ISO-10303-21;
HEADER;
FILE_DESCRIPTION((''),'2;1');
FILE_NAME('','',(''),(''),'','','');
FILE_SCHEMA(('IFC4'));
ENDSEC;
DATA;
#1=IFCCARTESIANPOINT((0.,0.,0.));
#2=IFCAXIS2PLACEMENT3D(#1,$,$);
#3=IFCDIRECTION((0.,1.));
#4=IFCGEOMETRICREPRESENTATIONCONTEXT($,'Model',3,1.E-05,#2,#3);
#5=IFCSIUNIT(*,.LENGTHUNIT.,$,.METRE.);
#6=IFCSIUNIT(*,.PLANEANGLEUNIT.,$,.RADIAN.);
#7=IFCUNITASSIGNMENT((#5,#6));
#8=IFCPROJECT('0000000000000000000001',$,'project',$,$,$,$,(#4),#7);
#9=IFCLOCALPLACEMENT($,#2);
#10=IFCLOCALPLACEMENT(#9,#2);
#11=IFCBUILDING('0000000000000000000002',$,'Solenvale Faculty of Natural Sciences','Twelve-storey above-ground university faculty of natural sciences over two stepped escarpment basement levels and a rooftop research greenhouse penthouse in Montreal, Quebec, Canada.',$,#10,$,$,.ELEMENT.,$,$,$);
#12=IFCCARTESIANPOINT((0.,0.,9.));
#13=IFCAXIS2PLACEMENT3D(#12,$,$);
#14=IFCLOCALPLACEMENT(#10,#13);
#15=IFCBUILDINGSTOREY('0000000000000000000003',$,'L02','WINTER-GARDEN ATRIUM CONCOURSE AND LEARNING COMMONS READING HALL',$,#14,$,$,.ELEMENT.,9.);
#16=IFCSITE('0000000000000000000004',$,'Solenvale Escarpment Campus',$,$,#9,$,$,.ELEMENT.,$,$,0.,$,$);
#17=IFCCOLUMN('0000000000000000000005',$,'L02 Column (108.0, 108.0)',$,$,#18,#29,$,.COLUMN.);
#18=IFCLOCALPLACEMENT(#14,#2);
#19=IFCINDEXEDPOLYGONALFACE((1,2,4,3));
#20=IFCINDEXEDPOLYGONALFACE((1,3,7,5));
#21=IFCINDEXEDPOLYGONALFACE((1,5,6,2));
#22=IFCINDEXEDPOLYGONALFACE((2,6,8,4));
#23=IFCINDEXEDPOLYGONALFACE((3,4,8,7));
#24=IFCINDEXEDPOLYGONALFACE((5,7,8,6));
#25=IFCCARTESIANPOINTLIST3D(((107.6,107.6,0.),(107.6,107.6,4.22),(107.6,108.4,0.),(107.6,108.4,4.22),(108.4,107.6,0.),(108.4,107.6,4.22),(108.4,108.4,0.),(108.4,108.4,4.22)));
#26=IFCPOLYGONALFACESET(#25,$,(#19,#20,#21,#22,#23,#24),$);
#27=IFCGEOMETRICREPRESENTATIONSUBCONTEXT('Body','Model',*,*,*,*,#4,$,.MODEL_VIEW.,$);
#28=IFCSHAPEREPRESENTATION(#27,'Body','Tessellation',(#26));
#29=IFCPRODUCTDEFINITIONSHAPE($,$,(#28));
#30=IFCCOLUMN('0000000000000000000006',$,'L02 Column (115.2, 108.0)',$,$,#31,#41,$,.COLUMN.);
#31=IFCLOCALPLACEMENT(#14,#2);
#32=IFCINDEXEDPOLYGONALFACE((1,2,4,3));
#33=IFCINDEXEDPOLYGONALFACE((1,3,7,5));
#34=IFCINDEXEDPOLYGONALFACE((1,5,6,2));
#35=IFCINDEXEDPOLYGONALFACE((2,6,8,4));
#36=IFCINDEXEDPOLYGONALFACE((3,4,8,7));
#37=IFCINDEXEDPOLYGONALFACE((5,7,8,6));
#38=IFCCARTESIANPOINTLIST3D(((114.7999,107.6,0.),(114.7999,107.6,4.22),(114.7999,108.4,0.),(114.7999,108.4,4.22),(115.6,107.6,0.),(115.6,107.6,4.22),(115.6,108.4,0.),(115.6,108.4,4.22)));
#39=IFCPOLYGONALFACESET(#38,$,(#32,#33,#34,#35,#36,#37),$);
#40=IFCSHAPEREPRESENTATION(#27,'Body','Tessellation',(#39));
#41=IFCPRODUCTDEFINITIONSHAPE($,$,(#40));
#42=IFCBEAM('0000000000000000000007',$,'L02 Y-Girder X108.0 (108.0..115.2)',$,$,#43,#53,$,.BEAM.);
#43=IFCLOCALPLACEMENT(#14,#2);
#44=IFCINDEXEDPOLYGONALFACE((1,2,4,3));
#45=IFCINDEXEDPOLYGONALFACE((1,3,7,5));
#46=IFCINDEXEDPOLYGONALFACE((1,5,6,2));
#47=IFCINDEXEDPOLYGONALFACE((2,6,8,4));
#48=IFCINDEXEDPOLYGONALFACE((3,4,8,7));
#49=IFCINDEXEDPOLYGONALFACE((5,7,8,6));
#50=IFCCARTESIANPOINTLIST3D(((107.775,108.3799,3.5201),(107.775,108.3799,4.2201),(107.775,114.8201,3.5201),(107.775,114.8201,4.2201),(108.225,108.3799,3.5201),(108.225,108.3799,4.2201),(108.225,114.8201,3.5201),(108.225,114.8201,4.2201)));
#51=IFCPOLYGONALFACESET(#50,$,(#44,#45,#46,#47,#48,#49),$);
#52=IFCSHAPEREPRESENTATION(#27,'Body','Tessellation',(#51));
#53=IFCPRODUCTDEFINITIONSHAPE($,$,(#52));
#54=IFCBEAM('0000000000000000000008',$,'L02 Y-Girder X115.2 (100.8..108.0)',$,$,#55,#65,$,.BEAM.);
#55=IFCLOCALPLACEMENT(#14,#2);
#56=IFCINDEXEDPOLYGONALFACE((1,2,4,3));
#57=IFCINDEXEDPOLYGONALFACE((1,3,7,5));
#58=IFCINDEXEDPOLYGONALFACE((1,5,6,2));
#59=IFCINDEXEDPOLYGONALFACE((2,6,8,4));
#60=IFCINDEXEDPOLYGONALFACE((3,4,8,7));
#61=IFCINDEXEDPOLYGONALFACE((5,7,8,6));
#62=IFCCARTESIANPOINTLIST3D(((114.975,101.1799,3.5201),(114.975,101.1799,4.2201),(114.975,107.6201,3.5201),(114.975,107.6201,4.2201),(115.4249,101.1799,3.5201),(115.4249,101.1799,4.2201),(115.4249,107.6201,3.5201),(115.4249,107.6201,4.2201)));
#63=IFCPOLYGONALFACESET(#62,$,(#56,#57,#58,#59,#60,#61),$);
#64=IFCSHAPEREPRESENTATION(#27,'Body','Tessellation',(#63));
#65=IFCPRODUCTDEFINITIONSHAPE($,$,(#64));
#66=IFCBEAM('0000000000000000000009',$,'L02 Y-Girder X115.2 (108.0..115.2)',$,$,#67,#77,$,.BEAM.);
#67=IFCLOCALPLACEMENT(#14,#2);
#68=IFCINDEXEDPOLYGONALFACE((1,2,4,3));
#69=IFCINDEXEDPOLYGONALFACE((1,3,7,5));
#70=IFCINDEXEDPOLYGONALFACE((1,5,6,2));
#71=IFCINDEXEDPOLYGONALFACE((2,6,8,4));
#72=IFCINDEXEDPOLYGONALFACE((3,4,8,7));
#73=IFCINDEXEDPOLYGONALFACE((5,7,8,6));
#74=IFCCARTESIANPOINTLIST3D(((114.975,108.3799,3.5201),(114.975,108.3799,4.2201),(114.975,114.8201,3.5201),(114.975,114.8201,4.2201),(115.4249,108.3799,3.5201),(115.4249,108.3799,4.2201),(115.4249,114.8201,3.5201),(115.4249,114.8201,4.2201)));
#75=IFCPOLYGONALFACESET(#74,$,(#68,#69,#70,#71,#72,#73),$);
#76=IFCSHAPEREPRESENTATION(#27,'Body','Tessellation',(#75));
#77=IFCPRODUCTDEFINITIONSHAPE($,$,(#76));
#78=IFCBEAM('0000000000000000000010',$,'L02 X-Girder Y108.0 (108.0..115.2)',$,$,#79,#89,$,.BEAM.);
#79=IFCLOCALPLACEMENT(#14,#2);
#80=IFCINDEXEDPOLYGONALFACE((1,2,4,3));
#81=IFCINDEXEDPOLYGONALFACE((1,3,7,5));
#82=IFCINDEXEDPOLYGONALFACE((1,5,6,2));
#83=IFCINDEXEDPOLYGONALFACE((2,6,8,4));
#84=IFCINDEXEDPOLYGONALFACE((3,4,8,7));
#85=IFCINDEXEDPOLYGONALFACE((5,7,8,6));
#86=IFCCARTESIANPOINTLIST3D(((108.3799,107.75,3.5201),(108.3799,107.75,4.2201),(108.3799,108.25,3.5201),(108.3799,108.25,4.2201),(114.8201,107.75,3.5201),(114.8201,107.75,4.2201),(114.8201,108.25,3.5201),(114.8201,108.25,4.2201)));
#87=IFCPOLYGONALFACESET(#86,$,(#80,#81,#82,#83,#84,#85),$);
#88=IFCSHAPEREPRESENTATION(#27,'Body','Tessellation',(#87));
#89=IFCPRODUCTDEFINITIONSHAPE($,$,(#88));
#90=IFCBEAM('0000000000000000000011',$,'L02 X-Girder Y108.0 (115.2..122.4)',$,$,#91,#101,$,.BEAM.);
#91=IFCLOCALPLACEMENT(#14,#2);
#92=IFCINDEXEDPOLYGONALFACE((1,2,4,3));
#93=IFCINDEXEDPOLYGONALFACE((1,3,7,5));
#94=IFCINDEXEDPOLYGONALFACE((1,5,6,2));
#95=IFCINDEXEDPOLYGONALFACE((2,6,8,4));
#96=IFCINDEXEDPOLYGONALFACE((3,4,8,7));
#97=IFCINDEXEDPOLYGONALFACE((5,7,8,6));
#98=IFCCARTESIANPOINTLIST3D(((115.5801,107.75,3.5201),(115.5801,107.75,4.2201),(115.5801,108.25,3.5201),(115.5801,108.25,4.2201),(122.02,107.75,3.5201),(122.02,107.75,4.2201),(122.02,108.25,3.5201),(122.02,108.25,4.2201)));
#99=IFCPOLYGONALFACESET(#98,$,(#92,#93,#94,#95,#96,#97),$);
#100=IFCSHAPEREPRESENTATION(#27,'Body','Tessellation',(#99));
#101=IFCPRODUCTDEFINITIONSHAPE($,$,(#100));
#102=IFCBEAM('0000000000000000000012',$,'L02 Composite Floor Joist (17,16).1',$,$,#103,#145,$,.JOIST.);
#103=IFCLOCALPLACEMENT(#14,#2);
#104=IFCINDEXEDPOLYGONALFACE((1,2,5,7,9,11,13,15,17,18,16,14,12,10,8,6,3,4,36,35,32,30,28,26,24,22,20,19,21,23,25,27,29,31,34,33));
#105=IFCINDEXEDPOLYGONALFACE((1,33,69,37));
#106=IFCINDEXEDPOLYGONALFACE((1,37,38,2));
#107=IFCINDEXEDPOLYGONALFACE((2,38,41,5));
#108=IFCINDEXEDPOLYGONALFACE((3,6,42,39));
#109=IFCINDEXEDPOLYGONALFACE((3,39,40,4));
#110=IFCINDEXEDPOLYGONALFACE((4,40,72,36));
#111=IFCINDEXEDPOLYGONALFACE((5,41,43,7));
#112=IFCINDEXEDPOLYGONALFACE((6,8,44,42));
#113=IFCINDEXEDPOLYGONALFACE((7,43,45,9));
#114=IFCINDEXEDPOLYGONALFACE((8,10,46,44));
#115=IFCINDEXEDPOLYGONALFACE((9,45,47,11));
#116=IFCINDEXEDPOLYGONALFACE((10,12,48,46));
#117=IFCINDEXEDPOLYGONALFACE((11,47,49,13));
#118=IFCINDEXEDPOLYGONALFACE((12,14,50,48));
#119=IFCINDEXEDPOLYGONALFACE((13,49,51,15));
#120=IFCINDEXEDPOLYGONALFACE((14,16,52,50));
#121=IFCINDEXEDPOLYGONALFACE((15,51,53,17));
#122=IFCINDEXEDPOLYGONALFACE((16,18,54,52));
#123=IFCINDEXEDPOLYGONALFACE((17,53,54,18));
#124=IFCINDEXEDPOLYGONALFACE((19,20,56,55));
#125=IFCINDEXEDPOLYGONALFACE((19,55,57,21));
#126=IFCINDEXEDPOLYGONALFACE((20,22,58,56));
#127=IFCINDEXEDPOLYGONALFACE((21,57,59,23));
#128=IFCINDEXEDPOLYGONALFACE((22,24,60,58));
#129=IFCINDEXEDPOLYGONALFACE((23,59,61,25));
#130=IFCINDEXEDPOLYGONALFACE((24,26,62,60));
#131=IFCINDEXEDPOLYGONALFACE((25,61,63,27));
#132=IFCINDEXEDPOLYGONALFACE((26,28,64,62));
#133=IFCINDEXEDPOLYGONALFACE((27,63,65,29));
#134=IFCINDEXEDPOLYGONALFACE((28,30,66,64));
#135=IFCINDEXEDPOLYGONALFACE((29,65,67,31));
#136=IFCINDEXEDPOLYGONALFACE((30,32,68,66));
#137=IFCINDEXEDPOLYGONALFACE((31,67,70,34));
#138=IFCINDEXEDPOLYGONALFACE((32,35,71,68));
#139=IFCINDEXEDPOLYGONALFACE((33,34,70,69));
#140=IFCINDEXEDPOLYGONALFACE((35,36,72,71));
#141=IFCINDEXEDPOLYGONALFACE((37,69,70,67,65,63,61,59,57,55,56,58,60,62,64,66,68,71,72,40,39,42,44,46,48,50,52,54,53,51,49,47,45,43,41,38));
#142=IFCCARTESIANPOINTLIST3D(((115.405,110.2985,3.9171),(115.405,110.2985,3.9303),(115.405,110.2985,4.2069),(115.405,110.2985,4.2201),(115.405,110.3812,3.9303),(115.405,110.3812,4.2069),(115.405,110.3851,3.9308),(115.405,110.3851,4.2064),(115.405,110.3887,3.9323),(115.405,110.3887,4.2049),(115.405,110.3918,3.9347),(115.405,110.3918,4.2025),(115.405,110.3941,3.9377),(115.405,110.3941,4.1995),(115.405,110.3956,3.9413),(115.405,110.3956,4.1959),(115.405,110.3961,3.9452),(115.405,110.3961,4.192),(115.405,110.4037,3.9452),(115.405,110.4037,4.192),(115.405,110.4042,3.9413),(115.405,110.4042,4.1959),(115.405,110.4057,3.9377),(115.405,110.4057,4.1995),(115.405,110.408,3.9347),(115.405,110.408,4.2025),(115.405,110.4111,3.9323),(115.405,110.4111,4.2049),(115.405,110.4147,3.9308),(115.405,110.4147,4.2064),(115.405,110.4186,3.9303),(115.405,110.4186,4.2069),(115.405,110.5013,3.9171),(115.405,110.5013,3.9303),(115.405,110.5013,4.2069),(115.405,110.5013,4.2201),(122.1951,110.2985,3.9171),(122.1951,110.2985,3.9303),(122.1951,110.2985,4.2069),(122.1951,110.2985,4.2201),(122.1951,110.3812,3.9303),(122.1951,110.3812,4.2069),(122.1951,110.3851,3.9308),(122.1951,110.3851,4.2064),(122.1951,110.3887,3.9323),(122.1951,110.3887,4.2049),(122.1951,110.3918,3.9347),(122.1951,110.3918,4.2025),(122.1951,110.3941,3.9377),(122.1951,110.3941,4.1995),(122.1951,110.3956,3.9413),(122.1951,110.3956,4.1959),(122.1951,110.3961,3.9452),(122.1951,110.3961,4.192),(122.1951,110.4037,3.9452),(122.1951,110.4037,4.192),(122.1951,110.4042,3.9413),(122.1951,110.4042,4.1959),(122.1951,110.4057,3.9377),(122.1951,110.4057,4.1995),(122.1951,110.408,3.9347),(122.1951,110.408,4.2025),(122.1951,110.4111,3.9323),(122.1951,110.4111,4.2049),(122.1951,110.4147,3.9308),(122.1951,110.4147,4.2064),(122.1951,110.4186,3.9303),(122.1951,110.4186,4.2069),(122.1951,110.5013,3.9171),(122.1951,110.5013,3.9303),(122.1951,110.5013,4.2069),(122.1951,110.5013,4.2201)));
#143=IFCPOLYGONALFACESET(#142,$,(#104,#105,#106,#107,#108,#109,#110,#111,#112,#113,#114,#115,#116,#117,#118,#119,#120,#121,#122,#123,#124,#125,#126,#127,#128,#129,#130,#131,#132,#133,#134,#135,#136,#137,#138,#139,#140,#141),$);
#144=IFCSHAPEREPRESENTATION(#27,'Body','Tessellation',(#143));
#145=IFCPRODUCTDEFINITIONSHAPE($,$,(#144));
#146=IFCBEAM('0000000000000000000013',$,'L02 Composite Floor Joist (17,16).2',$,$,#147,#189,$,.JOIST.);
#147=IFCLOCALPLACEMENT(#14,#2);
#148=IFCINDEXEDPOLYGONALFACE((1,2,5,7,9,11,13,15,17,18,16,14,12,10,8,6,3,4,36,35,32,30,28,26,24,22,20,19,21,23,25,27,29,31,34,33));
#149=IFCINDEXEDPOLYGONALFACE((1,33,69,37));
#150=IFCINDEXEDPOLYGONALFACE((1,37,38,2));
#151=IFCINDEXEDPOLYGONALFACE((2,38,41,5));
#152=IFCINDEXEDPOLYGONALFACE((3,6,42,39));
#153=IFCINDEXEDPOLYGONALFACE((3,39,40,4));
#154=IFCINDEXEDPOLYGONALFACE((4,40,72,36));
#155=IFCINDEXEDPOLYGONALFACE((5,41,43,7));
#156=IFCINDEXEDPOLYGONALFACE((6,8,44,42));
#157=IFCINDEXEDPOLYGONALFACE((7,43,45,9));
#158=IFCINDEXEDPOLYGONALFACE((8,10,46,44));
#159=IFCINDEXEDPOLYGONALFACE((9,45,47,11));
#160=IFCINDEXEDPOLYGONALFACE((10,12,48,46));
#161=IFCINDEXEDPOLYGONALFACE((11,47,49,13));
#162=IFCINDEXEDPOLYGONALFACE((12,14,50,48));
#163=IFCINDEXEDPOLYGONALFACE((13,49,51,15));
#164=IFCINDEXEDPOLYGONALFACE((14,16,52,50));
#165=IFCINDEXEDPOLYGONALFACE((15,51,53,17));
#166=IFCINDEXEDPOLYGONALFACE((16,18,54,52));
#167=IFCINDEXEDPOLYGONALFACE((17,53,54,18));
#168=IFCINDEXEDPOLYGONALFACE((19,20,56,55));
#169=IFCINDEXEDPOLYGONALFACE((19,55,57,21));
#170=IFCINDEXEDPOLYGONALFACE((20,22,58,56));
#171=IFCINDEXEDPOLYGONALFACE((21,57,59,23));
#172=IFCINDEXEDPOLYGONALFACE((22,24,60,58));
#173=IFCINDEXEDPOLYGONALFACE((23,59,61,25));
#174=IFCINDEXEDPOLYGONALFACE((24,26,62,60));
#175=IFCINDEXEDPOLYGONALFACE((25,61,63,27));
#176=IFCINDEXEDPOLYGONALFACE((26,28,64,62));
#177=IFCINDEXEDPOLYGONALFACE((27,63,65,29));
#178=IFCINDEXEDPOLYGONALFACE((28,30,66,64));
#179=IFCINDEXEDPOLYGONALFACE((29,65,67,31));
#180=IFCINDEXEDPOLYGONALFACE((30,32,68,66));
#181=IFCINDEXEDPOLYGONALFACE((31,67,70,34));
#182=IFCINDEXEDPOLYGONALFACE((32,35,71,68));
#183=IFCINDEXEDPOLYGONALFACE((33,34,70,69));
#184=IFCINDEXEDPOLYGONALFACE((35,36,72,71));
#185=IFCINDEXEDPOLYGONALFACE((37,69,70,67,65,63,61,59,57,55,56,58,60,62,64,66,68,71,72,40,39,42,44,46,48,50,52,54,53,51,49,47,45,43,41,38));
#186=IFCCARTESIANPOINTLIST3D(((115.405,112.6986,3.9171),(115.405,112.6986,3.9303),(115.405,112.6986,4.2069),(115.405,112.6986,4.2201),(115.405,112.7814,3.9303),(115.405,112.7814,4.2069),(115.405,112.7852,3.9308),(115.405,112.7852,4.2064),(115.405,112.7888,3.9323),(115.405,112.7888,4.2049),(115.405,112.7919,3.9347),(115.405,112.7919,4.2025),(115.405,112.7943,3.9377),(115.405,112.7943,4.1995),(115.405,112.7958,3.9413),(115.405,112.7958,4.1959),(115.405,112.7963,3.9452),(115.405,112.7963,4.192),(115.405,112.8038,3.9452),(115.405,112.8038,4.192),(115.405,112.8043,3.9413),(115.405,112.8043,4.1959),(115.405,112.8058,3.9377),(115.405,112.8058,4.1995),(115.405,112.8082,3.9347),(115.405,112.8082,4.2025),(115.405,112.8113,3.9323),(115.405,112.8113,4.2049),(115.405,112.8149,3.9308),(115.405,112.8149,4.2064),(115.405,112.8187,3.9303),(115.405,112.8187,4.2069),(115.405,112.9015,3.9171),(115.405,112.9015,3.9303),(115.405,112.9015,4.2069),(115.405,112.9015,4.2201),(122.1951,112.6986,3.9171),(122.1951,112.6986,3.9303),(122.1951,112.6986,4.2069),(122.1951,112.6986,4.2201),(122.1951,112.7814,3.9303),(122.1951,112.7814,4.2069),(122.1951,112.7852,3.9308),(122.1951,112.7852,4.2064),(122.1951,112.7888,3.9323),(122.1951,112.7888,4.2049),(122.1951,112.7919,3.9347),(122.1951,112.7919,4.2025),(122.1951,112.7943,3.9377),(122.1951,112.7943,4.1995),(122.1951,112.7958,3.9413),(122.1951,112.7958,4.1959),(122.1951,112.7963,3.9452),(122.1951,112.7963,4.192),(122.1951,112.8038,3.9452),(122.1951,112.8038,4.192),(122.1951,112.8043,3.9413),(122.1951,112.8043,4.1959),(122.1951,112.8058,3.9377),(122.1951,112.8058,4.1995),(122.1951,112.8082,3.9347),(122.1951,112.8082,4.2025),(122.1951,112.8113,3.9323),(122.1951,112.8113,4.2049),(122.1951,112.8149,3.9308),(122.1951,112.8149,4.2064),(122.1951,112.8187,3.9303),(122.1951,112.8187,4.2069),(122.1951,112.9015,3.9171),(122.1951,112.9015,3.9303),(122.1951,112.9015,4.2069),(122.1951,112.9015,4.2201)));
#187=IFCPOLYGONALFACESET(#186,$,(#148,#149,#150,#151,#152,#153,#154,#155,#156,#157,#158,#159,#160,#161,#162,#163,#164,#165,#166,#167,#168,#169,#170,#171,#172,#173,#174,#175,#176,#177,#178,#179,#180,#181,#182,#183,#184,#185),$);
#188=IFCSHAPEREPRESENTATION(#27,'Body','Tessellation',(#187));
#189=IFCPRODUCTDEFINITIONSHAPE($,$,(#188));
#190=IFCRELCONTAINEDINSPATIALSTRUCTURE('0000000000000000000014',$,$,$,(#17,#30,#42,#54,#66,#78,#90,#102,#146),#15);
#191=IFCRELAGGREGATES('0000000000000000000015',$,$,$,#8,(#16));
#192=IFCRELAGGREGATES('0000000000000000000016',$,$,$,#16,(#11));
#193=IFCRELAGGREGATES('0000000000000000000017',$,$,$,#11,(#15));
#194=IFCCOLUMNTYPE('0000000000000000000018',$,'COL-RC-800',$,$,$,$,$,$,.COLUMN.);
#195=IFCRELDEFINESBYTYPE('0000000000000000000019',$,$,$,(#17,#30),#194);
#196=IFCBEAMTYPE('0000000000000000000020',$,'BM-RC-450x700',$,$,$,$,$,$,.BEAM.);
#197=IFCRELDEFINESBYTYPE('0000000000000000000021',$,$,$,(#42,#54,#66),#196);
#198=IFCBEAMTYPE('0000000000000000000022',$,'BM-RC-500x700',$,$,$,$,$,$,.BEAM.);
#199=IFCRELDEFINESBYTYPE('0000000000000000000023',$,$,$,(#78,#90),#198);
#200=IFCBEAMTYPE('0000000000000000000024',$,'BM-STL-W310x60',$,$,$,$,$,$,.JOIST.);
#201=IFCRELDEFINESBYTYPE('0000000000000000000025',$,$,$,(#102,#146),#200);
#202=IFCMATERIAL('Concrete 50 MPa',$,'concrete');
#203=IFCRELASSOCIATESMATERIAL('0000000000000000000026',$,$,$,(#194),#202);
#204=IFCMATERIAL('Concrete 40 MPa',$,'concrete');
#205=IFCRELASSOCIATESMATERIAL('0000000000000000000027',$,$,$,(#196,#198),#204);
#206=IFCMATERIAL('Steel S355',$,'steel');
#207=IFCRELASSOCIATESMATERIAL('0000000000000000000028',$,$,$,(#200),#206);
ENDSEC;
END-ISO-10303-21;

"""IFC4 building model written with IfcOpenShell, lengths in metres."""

from ifc_helpers import new_model, si_unit, direction, frame, origin, origin_2d, place, context, subcontext, project, spatial, rectangle, i_section, extrude, material, material_profile, profile_set, type_object, element, save


model = new_model("IFC4")

# Units and contexts
model_context = context("Model", 3, precision=1e-05, world=origin(), true_north=direction((0.0, 1.0)))
body_context = subcontext(model_context, "Body", "Model", "MODEL_VIEW")
ifc_project = project(units=[si_unit("LENGTHUNIT", "METRE"), si_unit("PLANEANGLEUNIT", "RADIAN")], contexts=[model_context])

# Site, building, storey
site_placement = place(None, origin())
site = spatial("IfcSite", under=ifc_project, at=site_placement, Name="Solenvale Escarpment Campus", CompositionType="ELEMENT", RefElevation=0.0)
building_placement = place(site_placement, origin())
building = spatial("IfcBuilding", under=site, at=building_placement, Name="Solenvale Faculty of Natural Sciences", Description="Twelve-storey above-ground university faculty of natural sciences over two stepped escarpment basement levels and a rooftop research greenhouse penthouse in Montreal, Quebec, Canada.", CompositionType="ELEMENT")
storey_placement = place(building_placement, frame((0.0, 0.0, 9.0)))
storey = spatial("IfcBuildingStorey", under=building, at=storey_placement, Name="L02", Description="WINTER-GARDEN ATRIUM CONCOURSE AND LEARNING COMMONS READING HALL", CompositionType="ELEMENT", Elevation=9.0)

# Columns
ifc_material_1 = material(Name="Concrete 50 MPa", Category="concrete")
ifc_material_profile_1 = material_profile(ifc_material_1, rectangle(XDim=0.8, YDim=0.8, at=origin_2d()), Name="RC-COL-800x800")
ifc_profile_set_1 = profile_set([ifc_material_profile_1], Name="Concrete 50 MPa")
column_type = type_object("IfcColumnType", Name="COL-RC-800", PredefinedType="COLUMN", material=ifc_profile_set_1)
for number, where, z_axis, x_axis, name in (
    (1, (108.0, 108.0, 0.0), (0.0, 0.0, 1.0), (1.0, 0.0, 0.0), "L02 Column (108.0, 108.0)"),
    (2, (115.2, 108.0, 0.0), (0.0, 0.0, 1.0), (1.0, 0.0, 0.0), "L02 Column (115.2, 108.0)"),
):
    element("IfcColumn", number, at=place(storey_placement, frame(where, z_axis=z_axis, x_axis=x_axis)), inside=storey, type_object=column_type, Name=name, PredefinedType="COLUMN", context=body_context, shape_type="SweptSolid", body=[
        extrude(rectangle(XDim=0.8, YDim=0.8, at=origin_2d()), origin(), (0.0, 0.0, 1.0), 4.22),
    ])

# Beams
ifc_material_2 = material(Name="Concrete 40 MPa", Category="concrete")
ifc_material_profile_2 = material_profile(ifc_material_2, rectangle(XDim=0.45, YDim=0.7, at=origin_2d()), Name="RC-BM-450x700")
ifc_profile_set_2 = profile_set([ifc_material_profile_2], Name="Concrete 40 MPa")
beam_type_1 = type_object("IfcBeamType", Name="BM-RC-450x700", PredefinedType="BEAM", material=ifc_profile_set_2)
for number, where, z_axis, x_axis, name in (
    (3, (108.0, 108.3799, 3.8701), (0.0, 1.0, 0.0), (-1.0, 0.0, 0.0), "L02 Y-Girder X108.0 (108.0..115.2)"),
    (4, (115.2, 101.1799, 3.8701), (0.0, 1.0, 0.0), (-1.0, 0.0, 0.0), "L02 Y-Girder X115.2 (100.8..108.0)"),
    (5, (115.2, 108.3799, 3.8701), (0.0, 1.0, 0.0), (-1.0, 0.0, 0.0), "L02 Y-Girder X115.2 (108.0..115.2)"),
):
    element("IfcBeam", number, at=place(storey_placement, frame(where, z_axis=z_axis, x_axis=x_axis)), inside=storey, type_object=beam_type_1, Name=name, PredefinedType="BEAM", context=body_context, shape_type="SweptSolid", body=[
        extrude(rectangle(XDim=0.45, YDim=0.7, at=origin_2d()), origin(), (0.0, 0.0, 1.0), 6.4402),
    ])
ifc_material_profile_3 = material_profile(ifc_material_2, rectangle(XDim=0.5, YDim=0.7, at=origin_2d()), Name="RC-BM-500x700")
ifc_profile_set_3 = profile_set([ifc_material_profile_3], Name="Concrete 40 MPa")
beam_type_2 = type_object("IfcBeamType", Name="BM-RC-500x700", PredefinedType="BEAM", material=ifc_profile_set_3)
beam_1_placement = place(storey_placement, frame((108.3799, 108.0, 3.8701), z_axis=(1.0, 0.0, 0.0), x_axis=(0.0, 1.0, 0.0)))
element("IfcBeam", 6, at=beam_1_placement, inside=storey, type_object=beam_type_2, Name="L02 X-Girder Y108.0 (108.0..115.2)", PredefinedType="BEAM", context=body_context, shape_type="SweptSolid", body=[
    extrude(rectangle(XDim=0.5, YDim=0.7, at=origin_2d()), origin(), (0.0, 0.0, 1.0), 6.4402),
])
beam_2_placement = place(storey_placement, frame((115.5801, 108.0, 3.8701), z_axis=(1.0, 0.0, 0.0), x_axis=(0.0, 1.0, 0.0)))
element("IfcBeam", 7, at=beam_2_placement, inside=storey, type_object=beam_type_2, Name="L02 X-Girder Y108.0 (115.2..122.4)", PredefinedType="BEAM", context=body_context, shape_type="SweptSolid", body=[
    extrude(rectangle(XDim=0.5, YDim=0.7, at=origin_2d()), origin(), (0.0, 0.0, 1.0), 6.4399),
])
ifc_material_3 = material(Name="Steel S355", Category="steel")
ifc_material_profile_4 = material_profile(ifc_material_3, i_section(OverallWidth=0.2029, OverallDepth=0.303, WebThickness=0.0076, FlangeThickness=0.0132, FilletRadius=0.0149, at=origin_2d()), Name="W310x60")
ifc_profile_set_4 = profile_set([ifc_material_profile_4], Name="Steel S355")
beam_type_3 = type_object("IfcBeamType", Name="BM-STL-W310x60", PredefinedType="JOIST", material=ifc_profile_set_4)
for number, where, z_axis, x_axis, name in (
    (8, (115.405, 110.3999, 4.0686), (1.0, 0.0, 0.0), (0.0, 1.0, 0.0), "L02 Composite Floor Joist (17,16).1"),
    (9, (115.405, 112.8, 4.0686), (1.0, 0.0, 0.0), (0.0, 1.0, 0.0), "L02 Composite Floor Joist (17,16).2"),
):
    element("IfcBeam", number, at=place(storey_placement, frame(where, z_axis=z_axis, x_axis=x_axis)), inside=storey, type_object=beam_type_3, Name=name, PredefinedType="JOIST", context=body_context, shape_type="SweptSolid", body=[
        extrude(i_section(OverallWidth=0.2029, OverallDepth=0.303, WebThickness=0.0076, FlangeThickness=0.0132, FilletRadius=0.0149, at=origin_2d()), origin(), (0.0, 0.0, 1.0), 6.79),
    ])

save(model, "model.ifc")
